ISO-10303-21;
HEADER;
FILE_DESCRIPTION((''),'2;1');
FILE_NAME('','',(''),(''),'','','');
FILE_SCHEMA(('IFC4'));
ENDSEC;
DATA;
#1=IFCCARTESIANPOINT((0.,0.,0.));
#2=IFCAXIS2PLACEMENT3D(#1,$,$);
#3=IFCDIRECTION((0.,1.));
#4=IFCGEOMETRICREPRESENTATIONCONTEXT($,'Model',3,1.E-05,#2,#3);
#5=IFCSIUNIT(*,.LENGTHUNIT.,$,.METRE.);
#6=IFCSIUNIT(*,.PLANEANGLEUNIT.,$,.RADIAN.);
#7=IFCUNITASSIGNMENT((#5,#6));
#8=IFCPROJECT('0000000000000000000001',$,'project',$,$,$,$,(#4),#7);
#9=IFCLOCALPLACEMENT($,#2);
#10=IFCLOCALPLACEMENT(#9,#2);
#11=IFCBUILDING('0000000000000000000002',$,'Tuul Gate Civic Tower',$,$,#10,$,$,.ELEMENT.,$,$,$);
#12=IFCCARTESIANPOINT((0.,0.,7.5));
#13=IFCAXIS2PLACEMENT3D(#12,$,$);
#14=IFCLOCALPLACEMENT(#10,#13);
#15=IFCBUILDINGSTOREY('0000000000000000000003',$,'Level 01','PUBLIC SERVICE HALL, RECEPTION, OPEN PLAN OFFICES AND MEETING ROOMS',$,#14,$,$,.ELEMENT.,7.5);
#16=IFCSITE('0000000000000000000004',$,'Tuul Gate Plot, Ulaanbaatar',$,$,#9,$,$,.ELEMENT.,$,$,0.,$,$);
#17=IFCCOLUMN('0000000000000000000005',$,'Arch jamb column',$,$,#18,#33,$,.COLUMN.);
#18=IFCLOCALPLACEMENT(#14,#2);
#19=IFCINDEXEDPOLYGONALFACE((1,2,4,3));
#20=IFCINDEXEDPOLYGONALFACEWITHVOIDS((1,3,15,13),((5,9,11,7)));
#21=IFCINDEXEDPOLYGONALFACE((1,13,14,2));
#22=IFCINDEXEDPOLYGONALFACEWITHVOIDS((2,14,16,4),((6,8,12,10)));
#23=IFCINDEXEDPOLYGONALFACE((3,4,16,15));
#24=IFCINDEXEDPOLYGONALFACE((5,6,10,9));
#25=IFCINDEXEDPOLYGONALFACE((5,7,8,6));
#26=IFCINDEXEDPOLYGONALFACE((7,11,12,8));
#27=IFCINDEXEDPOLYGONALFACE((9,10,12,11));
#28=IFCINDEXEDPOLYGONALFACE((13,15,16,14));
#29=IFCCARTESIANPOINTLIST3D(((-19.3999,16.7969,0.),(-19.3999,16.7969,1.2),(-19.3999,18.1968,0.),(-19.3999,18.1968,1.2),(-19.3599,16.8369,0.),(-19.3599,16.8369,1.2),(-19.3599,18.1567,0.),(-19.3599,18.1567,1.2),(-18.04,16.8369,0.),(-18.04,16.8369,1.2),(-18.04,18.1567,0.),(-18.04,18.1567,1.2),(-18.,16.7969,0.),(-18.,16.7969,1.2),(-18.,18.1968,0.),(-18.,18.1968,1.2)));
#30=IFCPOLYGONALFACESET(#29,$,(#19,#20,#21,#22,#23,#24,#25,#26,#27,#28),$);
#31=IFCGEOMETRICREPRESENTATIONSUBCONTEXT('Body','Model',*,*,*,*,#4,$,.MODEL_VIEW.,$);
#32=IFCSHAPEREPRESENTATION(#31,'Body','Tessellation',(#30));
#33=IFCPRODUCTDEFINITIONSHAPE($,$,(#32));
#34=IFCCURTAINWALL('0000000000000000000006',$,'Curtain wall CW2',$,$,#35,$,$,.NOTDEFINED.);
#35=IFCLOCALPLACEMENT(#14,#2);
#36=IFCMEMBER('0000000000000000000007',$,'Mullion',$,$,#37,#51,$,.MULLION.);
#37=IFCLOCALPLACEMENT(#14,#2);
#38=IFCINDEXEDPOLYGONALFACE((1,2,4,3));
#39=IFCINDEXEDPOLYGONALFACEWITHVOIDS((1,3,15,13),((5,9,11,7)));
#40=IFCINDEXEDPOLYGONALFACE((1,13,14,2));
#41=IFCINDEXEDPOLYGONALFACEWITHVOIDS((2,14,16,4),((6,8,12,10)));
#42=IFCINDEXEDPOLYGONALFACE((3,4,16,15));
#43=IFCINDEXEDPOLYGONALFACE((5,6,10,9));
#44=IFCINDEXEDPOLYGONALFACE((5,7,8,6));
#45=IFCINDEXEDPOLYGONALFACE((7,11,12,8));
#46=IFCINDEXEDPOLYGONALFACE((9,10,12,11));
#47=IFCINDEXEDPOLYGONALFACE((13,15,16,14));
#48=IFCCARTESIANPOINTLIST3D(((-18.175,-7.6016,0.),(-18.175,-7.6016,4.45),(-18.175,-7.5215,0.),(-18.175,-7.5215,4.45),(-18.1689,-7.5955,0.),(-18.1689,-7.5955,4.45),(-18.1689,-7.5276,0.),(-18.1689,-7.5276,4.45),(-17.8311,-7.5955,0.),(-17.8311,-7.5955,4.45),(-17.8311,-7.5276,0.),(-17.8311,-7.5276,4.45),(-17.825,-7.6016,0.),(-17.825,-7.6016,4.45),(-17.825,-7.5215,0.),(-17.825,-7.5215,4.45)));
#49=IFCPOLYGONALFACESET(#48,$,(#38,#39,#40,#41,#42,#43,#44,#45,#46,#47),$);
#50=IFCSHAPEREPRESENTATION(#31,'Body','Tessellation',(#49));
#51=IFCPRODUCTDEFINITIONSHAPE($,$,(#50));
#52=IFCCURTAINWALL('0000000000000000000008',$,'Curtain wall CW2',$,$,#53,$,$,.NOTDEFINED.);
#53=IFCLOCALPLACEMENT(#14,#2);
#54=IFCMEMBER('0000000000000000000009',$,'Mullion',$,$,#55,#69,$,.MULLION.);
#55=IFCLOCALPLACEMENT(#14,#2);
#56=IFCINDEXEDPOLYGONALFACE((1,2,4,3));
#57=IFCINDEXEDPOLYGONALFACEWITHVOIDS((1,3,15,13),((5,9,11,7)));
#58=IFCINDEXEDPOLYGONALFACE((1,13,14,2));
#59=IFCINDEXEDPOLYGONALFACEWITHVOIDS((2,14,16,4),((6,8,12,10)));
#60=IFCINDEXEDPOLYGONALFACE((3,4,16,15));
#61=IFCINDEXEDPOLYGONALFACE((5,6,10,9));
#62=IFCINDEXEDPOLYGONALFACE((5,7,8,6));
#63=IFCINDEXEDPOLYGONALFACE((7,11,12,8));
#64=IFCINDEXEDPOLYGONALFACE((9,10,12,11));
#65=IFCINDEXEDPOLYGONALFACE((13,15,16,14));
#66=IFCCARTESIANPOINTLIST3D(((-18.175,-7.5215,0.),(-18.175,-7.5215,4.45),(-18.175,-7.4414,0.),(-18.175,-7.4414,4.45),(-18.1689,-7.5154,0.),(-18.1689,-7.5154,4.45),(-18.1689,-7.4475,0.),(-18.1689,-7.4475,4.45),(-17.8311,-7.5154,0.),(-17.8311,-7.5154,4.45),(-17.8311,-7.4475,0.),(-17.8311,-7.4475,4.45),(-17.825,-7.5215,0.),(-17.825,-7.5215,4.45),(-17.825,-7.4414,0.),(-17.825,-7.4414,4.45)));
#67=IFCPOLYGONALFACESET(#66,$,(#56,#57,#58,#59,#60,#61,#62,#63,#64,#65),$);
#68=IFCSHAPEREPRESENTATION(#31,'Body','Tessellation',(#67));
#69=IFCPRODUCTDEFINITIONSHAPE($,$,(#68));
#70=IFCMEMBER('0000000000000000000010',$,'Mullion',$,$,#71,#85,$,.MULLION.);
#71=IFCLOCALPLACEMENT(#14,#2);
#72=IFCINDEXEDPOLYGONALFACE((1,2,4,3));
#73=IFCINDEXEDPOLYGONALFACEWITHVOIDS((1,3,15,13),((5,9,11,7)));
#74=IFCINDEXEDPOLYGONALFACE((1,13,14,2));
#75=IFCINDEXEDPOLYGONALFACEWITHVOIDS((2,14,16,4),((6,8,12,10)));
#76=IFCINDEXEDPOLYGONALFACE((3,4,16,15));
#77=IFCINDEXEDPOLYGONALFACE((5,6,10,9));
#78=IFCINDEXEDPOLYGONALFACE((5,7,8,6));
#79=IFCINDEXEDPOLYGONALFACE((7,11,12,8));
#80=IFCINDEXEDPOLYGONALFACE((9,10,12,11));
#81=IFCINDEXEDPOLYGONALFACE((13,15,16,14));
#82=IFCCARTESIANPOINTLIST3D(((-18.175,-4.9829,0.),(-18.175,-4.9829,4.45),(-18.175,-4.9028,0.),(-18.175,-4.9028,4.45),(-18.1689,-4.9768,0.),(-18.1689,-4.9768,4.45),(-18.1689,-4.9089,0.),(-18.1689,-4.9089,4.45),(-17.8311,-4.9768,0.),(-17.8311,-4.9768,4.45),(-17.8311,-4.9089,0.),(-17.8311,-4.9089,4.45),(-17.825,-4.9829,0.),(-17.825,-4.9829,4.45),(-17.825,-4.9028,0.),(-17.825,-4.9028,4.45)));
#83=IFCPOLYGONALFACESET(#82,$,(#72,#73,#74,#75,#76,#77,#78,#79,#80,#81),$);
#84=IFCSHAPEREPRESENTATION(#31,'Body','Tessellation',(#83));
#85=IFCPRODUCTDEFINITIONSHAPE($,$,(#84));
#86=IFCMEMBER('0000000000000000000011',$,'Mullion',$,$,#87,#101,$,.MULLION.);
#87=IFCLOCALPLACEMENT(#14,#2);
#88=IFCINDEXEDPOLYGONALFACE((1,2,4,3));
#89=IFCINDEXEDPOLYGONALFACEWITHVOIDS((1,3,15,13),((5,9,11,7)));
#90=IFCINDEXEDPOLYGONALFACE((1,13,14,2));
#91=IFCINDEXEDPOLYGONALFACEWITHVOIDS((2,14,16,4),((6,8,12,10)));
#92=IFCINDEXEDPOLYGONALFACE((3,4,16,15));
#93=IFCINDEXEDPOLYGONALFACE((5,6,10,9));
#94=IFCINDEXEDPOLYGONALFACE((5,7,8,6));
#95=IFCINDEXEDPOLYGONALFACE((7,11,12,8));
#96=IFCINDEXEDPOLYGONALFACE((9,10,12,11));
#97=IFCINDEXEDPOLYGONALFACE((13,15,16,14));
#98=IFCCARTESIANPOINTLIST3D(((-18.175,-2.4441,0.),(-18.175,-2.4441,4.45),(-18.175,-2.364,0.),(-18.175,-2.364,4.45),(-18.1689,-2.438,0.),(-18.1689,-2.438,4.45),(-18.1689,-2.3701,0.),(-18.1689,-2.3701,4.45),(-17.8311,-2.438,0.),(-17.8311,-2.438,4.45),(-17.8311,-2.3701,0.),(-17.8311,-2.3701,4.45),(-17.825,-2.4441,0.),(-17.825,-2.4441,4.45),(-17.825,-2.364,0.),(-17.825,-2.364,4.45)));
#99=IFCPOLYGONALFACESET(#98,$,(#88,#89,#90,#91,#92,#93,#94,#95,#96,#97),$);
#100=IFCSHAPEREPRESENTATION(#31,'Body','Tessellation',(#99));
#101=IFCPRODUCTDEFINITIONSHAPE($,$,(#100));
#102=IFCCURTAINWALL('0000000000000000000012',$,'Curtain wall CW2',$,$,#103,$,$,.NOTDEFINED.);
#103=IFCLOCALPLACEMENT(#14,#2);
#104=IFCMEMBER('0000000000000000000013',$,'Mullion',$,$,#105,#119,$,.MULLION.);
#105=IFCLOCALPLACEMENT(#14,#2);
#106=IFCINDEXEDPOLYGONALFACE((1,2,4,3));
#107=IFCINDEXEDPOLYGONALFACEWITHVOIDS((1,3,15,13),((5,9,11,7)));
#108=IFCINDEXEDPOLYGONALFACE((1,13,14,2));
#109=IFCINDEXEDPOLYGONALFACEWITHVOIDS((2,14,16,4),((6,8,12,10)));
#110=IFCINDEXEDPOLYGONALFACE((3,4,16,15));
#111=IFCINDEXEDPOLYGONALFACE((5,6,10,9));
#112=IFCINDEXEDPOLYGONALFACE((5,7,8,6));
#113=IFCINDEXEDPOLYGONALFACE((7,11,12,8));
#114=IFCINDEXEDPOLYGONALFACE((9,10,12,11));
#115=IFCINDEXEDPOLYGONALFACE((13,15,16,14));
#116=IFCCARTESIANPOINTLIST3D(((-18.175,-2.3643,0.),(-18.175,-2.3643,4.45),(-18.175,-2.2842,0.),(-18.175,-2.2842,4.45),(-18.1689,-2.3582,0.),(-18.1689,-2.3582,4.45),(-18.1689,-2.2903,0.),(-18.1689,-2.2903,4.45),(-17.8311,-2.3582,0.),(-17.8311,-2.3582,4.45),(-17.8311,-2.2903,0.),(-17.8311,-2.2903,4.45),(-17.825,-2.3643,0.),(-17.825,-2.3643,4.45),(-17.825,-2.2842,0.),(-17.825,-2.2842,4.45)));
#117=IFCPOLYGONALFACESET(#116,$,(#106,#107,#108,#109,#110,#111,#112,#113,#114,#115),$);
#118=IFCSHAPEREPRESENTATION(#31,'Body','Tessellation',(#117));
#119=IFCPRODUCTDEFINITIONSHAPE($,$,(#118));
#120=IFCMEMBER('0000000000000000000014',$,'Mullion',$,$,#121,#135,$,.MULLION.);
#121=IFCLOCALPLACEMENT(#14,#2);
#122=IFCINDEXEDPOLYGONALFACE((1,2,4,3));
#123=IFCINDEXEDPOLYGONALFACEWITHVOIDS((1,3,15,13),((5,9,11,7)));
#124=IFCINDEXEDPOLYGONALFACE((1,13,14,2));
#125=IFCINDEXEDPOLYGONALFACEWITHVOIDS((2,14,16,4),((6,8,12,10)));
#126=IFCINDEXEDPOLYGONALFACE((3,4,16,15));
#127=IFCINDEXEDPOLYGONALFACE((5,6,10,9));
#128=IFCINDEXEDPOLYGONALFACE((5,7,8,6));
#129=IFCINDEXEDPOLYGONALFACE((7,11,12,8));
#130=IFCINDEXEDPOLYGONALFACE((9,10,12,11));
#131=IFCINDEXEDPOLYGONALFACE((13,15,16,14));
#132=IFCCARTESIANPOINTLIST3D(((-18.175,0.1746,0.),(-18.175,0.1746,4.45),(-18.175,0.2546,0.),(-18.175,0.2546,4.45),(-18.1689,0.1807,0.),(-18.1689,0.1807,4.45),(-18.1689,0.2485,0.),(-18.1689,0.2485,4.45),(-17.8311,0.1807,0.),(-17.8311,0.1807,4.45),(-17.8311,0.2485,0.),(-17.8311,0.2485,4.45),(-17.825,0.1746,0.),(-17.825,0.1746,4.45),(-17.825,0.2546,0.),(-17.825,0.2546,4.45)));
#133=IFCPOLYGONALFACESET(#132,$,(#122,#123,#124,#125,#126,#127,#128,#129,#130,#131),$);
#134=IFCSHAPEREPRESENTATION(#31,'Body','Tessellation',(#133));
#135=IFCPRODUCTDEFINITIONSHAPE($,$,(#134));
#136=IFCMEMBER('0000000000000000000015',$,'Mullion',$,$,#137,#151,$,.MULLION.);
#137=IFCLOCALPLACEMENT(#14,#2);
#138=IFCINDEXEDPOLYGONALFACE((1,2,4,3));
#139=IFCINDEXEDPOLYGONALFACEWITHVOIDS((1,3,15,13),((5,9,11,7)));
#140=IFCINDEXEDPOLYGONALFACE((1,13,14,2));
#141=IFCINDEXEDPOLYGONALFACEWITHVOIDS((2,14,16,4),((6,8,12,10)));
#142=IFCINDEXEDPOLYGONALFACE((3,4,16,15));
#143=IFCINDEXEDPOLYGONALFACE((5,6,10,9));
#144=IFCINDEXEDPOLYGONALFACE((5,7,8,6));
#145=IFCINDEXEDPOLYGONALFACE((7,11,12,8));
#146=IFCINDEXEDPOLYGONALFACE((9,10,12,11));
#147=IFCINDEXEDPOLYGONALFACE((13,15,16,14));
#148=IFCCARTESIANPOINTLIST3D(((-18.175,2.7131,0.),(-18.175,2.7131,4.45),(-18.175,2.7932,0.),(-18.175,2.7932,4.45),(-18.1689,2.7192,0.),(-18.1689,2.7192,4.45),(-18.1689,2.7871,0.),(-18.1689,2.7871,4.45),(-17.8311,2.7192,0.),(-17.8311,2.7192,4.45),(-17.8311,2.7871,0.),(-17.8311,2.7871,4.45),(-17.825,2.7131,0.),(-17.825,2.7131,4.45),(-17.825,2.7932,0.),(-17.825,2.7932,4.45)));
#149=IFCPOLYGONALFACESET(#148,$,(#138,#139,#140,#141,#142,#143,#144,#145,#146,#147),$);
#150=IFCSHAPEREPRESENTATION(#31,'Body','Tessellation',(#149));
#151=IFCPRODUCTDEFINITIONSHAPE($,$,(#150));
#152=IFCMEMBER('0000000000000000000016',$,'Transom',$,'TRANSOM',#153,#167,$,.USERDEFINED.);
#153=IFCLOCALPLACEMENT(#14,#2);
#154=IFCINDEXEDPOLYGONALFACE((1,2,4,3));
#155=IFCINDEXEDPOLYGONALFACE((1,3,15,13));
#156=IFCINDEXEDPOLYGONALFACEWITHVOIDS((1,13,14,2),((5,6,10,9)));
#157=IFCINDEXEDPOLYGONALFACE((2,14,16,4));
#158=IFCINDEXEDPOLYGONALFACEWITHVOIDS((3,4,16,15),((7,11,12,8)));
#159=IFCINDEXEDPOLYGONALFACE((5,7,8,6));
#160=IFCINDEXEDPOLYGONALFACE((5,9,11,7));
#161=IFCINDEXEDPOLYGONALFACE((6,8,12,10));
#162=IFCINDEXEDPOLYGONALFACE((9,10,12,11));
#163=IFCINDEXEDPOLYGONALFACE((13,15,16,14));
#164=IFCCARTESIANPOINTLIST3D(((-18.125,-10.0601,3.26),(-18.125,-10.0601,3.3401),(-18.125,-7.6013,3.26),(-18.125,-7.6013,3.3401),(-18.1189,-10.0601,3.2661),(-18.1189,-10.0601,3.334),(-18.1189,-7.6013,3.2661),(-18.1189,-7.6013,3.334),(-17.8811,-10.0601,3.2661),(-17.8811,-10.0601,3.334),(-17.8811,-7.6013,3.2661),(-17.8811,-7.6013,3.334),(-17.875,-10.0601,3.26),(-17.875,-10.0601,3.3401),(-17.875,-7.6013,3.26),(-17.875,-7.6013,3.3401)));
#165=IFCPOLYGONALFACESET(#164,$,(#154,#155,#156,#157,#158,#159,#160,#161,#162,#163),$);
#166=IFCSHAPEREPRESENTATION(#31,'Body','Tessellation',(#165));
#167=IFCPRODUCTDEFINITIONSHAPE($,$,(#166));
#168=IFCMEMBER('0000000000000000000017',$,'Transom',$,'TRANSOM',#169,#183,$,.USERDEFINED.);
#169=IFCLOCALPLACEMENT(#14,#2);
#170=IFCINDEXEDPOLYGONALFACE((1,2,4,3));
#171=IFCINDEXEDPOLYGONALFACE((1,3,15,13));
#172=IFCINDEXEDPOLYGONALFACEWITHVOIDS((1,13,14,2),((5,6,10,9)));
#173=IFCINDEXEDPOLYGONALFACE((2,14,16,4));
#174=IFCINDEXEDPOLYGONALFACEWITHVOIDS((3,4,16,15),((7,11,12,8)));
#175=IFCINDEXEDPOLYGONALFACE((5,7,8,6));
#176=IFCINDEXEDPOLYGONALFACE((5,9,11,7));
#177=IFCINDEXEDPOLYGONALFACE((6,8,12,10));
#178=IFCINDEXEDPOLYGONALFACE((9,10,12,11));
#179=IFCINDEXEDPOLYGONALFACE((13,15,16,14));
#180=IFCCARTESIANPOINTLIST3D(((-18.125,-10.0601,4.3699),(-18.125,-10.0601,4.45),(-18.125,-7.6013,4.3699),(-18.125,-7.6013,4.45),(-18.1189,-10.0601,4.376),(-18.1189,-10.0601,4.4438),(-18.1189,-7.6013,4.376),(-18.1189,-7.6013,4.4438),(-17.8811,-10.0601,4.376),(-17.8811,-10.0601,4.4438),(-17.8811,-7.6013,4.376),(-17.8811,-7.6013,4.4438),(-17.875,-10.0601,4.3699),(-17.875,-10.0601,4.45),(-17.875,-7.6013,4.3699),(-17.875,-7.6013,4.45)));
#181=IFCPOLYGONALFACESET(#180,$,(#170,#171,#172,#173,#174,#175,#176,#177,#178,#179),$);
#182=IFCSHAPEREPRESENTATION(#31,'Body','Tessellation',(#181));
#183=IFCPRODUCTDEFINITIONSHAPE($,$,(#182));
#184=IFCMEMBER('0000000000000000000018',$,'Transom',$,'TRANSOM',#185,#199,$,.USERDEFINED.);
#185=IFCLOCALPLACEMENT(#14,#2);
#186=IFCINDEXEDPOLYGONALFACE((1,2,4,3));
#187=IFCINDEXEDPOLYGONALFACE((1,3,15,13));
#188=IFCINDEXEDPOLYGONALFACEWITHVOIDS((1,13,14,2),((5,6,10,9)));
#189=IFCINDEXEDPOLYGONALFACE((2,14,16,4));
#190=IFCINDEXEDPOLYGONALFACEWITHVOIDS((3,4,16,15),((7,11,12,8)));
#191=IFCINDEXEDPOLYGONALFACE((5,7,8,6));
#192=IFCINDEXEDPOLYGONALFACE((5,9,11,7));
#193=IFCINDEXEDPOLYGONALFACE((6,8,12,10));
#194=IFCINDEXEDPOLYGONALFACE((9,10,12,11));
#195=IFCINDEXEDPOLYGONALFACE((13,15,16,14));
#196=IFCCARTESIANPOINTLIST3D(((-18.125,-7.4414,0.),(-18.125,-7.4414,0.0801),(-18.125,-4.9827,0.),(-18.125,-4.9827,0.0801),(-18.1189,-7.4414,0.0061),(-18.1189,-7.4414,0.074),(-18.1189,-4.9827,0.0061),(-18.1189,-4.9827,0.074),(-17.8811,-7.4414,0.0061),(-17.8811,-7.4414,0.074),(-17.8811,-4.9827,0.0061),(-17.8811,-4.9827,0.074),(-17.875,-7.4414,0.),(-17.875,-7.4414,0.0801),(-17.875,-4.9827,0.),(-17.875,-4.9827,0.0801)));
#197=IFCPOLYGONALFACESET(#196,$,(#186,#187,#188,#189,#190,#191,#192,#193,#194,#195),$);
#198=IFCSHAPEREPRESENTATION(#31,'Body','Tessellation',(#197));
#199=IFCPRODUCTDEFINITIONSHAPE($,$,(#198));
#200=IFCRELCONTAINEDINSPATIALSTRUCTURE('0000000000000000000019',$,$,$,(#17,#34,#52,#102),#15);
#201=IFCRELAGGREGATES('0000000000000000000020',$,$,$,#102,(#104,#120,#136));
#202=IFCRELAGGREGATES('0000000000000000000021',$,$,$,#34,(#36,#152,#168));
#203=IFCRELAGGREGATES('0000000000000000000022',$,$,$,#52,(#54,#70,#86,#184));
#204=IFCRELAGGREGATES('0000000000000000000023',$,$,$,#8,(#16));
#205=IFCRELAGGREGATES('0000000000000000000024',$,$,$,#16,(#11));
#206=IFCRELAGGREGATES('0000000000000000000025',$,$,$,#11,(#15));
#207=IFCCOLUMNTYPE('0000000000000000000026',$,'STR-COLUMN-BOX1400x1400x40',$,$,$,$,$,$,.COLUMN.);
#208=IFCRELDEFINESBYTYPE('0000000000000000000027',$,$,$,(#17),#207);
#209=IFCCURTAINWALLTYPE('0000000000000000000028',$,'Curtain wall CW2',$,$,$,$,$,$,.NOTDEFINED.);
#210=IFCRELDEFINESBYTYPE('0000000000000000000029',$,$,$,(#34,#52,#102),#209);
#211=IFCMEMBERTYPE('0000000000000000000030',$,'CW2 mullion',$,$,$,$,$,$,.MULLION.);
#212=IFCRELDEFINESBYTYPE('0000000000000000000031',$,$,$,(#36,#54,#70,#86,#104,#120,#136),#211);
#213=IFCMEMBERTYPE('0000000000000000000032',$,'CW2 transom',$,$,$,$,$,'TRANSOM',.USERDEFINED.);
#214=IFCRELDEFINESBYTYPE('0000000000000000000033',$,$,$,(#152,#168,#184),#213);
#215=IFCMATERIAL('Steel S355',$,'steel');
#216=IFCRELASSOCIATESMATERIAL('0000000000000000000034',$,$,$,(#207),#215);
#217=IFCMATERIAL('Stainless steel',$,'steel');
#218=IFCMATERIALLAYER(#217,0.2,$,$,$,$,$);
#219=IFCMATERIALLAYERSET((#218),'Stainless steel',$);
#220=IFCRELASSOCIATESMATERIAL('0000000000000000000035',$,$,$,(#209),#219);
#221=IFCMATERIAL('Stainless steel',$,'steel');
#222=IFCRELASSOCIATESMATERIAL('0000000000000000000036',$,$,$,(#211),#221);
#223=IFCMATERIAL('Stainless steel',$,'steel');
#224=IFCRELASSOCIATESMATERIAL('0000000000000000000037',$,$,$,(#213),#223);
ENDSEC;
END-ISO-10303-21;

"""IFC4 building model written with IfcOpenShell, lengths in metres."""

from ifc_helpers import new_model, si_unit, direction, frame, origin, origin_2d, place, context, subcontext, project, spatial, hollow_rectangle, extrude, material, layer, layer_set, material_profile, profile_set, type_object, element, aggregate, save


model = new_model("IFC4")

# Units and contexts
model_context = context("Model", 3, precision=1e-05, world=origin(), true_north=direction((0.0, 1.0)))
body_context = subcontext(model_context, "Body", "Model", "MODEL_VIEW")
ifc_project = project(units=[si_unit("LENGTHUNIT", "METRE"), si_unit("PLANEANGLEUNIT", "RADIAN")], contexts=[model_context])

# Site, building, storey
site_placement = place(None, origin())
site = spatial("IfcSite", under=ifc_project, at=site_placement, Name="Tuul Gate Plot, Ulaanbaatar", CompositionType="ELEMENT", RefElevation=0.0)
building_placement = place(site_placement, origin())
building = spatial("IfcBuilding", under=site, at=building_placement, Name="Tuul Gate Civic Tower", CompositionType="ELEMENT")
storey_placement = place(building_placement, frame((0.0, 0.0, 7.5)))
storey = spatial("IfcBuildingStorey", under=building, at=storey_placement, Name="Level 01", Description="PUBLIC SERVICE HALL, RECEPTION, OPEN PLAN OFFICES AND MEETING ROOMS", CompositionType="ELEMENT", Elevation=7.5)

# Column
ifc_material_1 = material(Name="Steel S355", Category="steel")
ifc_material_profile_1 = material_profile(ifc_material_1, hollow_rectangle(XDim=1.3999, YDim=1.3999, WallThickness=0.04, at=origin_2d()), Name="BOX1400x1400x40")
ifc_profile_set_1 = profile_set([ifc_material_profile_1], Name="Steel S355")
column_type = type_object("IfcColumnType", Name="STR-COLUMN-BOX1400x1400x40", PredefinedType="COLUMN", material=ifc_profile_set_1)
column_placement = place(storey_placement, frame((-18.7, 17.4968, 0.0), z_axis=(0.0, 0.0, 1.0), x_axis=(1.0, 0.0, 0.0)))
element("IfcColumn", 1, at=column_placement, inside=storey, type_object=column_type, Name="Arch jamb column", PredefinedType="COLUMN", context=body_context, shape_type="SweptSolid", body=[
    extrude(hollow_rectangle(XDim=1.3999, YDim=1.3999, WallThickness=0.04, at=origin_2d()), origin(), (0.0, 0.0, 1.0), 1.2),
])

# Curtain wall, member
ifc_material_2 = material(Name="Stainless steel", Category="steel")
ifc_layer_1 = layer(ifc_material_2, 0.2)
ifc_layer_set_1 = layer_set([ifc_layer_1], Name="Stainless steel")
curtain_wall_type_1 = type_object("IfcCurtainWallType", Name="Curtain wall CW2", PredefinedType="NOTDEFINED", material=ifc_layer_set_1)
curtain_wall_1_placement = place(storey_placement, origin())
curtain_wall_1 = element("IfcCurtainWall", 2, at=curtain_wall_1_placement, inside=storey, type_object=curtain_wall_type_1, Name="Curtain wall CW2", PredefinedType="NOTDEFINED")
ifc_material_3 = material(Name="Stainless steel", Category="steel")
ifc_material_profile_2 = material_profile(ifc_material_3, hollow_rectangle(XDim=0.3501, YDim=0.0801, WallThickness=0.0061, at=origin_2d()), Name="CW2 mullion")
ifc_profile_set_2 = profile_set([ifc_material_profile_2], Name="Stainless steel")
member_type_1 = type_object("IfcMemberType", Name="CW2 mullion", PredefinedType="MULLION", material=ifc_profile_set_2)
member_1_placement = place(storey_placement, frame((-18.0, -7.5615, 0.0), z_axis=(0.0, 0.0, 1.0), x_axis=(-1.0, 0.0, 0.0)))
member_1 = element("IfcMember", 3, at=member_1_placement, type_object=member_type_1, Name="Mullion", PredefinedType="MULLION", context=body_context, shape_type="SweptSolid", body=[
    extrude(hollow_rectangle(XDim=0.3501, YDim=0.0801, WallThickness=0.0061, at=origin_2d()), origin(), (0.0, 0.0, 1.0), 4.45),
])

# Curtain walls, members
curtain_wall_2_placement = place(storey_placement, origin())
curtain_wall_2 = element("IfcCurtainWall", 4, at=curtain_wall_2_placement, inside=storey, type_object=curtain_wall_type_1, Name="Curtain wall CW2", PredefinedType="NOTDEFINED")
member_2_placement = place(storey_placement, frame((-18.0, -7.4814, 0.0), z_axis=(0.0, 0.0, 1.0), x_axis=(-1.0, 0.0, 0.0)))
member_2 = element("IfcMember", 5, at=member_2_placement, type_object=member_type_1, Name="Mullion", PredefinedType="MULLION", context=body_context, shape_type="SweptSolid", body=[
    extrude(hollow_rectangle(XDim=0.3501, YDim=0.0801, WallThickness=0.0061, at=origin_2d()), origin(), (0.0, 0.0, 1.0), 4.45),
])
member_3_placement = place(storey_placement, frame((-18.0, -4.9429, 0.0), z_axis=(0.0, 0.0, 1.0), x_axis=(-1.0, 0.0, 0.0)))
member_3 = element("IfcMember", 6, at=member_3_placement, type_object=member_type_1, Name="Mullion", PredefinedType="MULLION", context=body_context, shape_type="SweptSolid", body=[
    extrude(hollow_rectangle(XDim=0.3501, YDim=0.0801, WallThickness=0.0061, at=origin_2d()), origin(), (0.0, 0.0, 1.0), 4.45),
])
member_4_placement = place(storey_placement, frame((-18.0, -2.4041, 0.0), z_axis=(0.0, 0.0, 1.0), x_axis=(-1.0, 0.0, 0.0)))
member_4 = element("IfcMember", 7, at=member_4_placement, type_object=member_type_1, Name="Mullion", PredefinedType="MULLION", context=body_context, shape_type="SweptSolid", body=[
    extrude(hollow_rectangle(XDim=0.3501, YDim=0.0801, WallThickness=0.0061, at=origin_2d()), origin(), (0.0, 0.0, 1.0), 4.45),
])
curtain_wall_3_placement = place(storey_placement, origin())
curtain_wall_3 = element("IfcCurtainWall", 8, at=curtain_wall_3_placement, inside=storey, type_object=curtain_wall_type_1, Name="Curtain wall CW2", PredefinedType="NOTDEFINED")
member_5_placement = place(storey_placement, frame((-18.0, -2.3242, 0.0), z_axis=(0.0, 0.0, 1.0), x_axis=(-1.0, 0.0, 0.0)))
member_5 = element("IfcMember", 9, at=member_5_placement, type_object=member_type_1, Name="Mullion", PredefinedType="MULLION", context=body_context, shape_type="SweptSolid", body=[
    extrude(hollow_rectangle(XDim=0.3501, YDim=0.0801, WallThickness=0.0061, at=origin_2d()), origin(), (0.0, 0.0, 1.0), 4.45),
])
member_6_placement = place(storey_placement, frame((-18.0, 0.2146, 0.0), z_axis=(0.0, 0.0, 1.0), x_axis=(-1.0, 0.0, 0.0)))
member_6 = element("IfcMember", 10, at=member_6_placement, type_object=member_type_1, Name="Mullion", PredefinedType="MULLION", context=body_context, shape_type="SweptSolid", body=[
    extrude(hollow_rectangle(XDim=0.3501, YDim=0.0801, WallThickness=0.0061, at=origin_2d()), origin(), (0.0, 0.0, 1.0), 4.45),
])
member_7_placement = place(storey_placement, frame((-18.0, 2.7532, 0.0), z_axis=(0.0, 0.0, 1.0), x_axis=(-1.0, 0.0, 0.0)))
member_7 = element("IfcMember", 11, at=member_7_placement, type_object=member_type_1, Name="Mullion", PredefinedType="MULLION", context=body_context, shape_type="SweptSolid", body=[
    extrude(hollow_rectangle(XDim=0.3501, YDim=0.0801, WallThickness=0.0061, at=origin_2d()), origin(), (0.0, 0.0, 1.0), 4.45),
])

# Members
ifc_material_4 = material(Name="Stainless steel", Category="steel")
ifc_material_profile_3 = material_profile(ifc_material_4, hollow_rectangle(XDim=0.25, YDim=0.0801, WallThickness=0.0061, at=origin_2d()), Name="CW2 transom")
ifc_profile_set_3 = profile_set([ifc_material_profile_3], Name="Stainless steel")
member_type_2 = type_object("IfcMemberType", Name="CW2 transom", ElementType="TRANSOM", PredefinedType="USERDEFINED", material=ifc_profile_set_3)
member_8_placement = place(storey_placement, frame((-18.0, -10.0601, 3.3), z_axis=(0.0, 1.0, 0.0), x_axis=(-1.0, 0.0, 0.0)))
member_8 = element("IfcMember", 12, at=member_8_placement, type_object=member_type_2, Name="Transom", ObjectType="TRANSOM", PredefinedType="USERDEFINED", context=body_context, shape_type="SweptSolid", body=[
    extrude(hollow_rectangle(XDim=0.25, YDim=0.0801, WallThickness=0.0061, at=origin_2d()), origin(), (0.0, 0.0, 1.0), 2.4587),
])
member_9_placement = place(storey_placement, frame((-18.0, -10.0601, 4.4099), z_axis=(0.0, 1.0, 0.0), x_axis=(-1.0, 0.0, 0.0)))
member_9 = element("IfcMember", 13, at=member_9_placement, type_object=member_type_2, Name="Transom", ObjectType="TRANSOM", PredefinedType="USERDEFINED", context=body_context, shape_type="SweptSolid", body=[
    extrude(hollow_rectangle(XDim=0.25, YDim=0.0801, WallThickness=0.0061, at=origin_2d()), origin(), (0.0, 0.0, 1.0), 2.4587),
])
member_10_placement = place(storey_placement, frame((-18.0, -7.4414, 0.04), z_axis=(0.0, 1.0, 0.0), x_axis=(-1.0, 0.0, 0.0)))
member_10 = element("IfcMember", 14, at=member_10_placement, type_object=member_type_2, Name="Transom", ObjectType="TRANSOM", PredefinedType="USERDEFINED", context=body_context, shape_type="SweptSolid", body=[
    extrude(hollow_rectangle(XDim=0.25, YDim=0.0801, WallThickness=0.0061, at=origin_2d()), origin(), (0.0, 0.0, 1.0), 2.4587),
])
aggregate(curtain_wall_3, [member_5, member_6, member_7])

aggregate(curtain_wall_1, [member_1, member_8, member_9])
aggregate(curtain_wall_2, [member_2, member_3, member_4, member_10])

save(model, "model.ifc")
